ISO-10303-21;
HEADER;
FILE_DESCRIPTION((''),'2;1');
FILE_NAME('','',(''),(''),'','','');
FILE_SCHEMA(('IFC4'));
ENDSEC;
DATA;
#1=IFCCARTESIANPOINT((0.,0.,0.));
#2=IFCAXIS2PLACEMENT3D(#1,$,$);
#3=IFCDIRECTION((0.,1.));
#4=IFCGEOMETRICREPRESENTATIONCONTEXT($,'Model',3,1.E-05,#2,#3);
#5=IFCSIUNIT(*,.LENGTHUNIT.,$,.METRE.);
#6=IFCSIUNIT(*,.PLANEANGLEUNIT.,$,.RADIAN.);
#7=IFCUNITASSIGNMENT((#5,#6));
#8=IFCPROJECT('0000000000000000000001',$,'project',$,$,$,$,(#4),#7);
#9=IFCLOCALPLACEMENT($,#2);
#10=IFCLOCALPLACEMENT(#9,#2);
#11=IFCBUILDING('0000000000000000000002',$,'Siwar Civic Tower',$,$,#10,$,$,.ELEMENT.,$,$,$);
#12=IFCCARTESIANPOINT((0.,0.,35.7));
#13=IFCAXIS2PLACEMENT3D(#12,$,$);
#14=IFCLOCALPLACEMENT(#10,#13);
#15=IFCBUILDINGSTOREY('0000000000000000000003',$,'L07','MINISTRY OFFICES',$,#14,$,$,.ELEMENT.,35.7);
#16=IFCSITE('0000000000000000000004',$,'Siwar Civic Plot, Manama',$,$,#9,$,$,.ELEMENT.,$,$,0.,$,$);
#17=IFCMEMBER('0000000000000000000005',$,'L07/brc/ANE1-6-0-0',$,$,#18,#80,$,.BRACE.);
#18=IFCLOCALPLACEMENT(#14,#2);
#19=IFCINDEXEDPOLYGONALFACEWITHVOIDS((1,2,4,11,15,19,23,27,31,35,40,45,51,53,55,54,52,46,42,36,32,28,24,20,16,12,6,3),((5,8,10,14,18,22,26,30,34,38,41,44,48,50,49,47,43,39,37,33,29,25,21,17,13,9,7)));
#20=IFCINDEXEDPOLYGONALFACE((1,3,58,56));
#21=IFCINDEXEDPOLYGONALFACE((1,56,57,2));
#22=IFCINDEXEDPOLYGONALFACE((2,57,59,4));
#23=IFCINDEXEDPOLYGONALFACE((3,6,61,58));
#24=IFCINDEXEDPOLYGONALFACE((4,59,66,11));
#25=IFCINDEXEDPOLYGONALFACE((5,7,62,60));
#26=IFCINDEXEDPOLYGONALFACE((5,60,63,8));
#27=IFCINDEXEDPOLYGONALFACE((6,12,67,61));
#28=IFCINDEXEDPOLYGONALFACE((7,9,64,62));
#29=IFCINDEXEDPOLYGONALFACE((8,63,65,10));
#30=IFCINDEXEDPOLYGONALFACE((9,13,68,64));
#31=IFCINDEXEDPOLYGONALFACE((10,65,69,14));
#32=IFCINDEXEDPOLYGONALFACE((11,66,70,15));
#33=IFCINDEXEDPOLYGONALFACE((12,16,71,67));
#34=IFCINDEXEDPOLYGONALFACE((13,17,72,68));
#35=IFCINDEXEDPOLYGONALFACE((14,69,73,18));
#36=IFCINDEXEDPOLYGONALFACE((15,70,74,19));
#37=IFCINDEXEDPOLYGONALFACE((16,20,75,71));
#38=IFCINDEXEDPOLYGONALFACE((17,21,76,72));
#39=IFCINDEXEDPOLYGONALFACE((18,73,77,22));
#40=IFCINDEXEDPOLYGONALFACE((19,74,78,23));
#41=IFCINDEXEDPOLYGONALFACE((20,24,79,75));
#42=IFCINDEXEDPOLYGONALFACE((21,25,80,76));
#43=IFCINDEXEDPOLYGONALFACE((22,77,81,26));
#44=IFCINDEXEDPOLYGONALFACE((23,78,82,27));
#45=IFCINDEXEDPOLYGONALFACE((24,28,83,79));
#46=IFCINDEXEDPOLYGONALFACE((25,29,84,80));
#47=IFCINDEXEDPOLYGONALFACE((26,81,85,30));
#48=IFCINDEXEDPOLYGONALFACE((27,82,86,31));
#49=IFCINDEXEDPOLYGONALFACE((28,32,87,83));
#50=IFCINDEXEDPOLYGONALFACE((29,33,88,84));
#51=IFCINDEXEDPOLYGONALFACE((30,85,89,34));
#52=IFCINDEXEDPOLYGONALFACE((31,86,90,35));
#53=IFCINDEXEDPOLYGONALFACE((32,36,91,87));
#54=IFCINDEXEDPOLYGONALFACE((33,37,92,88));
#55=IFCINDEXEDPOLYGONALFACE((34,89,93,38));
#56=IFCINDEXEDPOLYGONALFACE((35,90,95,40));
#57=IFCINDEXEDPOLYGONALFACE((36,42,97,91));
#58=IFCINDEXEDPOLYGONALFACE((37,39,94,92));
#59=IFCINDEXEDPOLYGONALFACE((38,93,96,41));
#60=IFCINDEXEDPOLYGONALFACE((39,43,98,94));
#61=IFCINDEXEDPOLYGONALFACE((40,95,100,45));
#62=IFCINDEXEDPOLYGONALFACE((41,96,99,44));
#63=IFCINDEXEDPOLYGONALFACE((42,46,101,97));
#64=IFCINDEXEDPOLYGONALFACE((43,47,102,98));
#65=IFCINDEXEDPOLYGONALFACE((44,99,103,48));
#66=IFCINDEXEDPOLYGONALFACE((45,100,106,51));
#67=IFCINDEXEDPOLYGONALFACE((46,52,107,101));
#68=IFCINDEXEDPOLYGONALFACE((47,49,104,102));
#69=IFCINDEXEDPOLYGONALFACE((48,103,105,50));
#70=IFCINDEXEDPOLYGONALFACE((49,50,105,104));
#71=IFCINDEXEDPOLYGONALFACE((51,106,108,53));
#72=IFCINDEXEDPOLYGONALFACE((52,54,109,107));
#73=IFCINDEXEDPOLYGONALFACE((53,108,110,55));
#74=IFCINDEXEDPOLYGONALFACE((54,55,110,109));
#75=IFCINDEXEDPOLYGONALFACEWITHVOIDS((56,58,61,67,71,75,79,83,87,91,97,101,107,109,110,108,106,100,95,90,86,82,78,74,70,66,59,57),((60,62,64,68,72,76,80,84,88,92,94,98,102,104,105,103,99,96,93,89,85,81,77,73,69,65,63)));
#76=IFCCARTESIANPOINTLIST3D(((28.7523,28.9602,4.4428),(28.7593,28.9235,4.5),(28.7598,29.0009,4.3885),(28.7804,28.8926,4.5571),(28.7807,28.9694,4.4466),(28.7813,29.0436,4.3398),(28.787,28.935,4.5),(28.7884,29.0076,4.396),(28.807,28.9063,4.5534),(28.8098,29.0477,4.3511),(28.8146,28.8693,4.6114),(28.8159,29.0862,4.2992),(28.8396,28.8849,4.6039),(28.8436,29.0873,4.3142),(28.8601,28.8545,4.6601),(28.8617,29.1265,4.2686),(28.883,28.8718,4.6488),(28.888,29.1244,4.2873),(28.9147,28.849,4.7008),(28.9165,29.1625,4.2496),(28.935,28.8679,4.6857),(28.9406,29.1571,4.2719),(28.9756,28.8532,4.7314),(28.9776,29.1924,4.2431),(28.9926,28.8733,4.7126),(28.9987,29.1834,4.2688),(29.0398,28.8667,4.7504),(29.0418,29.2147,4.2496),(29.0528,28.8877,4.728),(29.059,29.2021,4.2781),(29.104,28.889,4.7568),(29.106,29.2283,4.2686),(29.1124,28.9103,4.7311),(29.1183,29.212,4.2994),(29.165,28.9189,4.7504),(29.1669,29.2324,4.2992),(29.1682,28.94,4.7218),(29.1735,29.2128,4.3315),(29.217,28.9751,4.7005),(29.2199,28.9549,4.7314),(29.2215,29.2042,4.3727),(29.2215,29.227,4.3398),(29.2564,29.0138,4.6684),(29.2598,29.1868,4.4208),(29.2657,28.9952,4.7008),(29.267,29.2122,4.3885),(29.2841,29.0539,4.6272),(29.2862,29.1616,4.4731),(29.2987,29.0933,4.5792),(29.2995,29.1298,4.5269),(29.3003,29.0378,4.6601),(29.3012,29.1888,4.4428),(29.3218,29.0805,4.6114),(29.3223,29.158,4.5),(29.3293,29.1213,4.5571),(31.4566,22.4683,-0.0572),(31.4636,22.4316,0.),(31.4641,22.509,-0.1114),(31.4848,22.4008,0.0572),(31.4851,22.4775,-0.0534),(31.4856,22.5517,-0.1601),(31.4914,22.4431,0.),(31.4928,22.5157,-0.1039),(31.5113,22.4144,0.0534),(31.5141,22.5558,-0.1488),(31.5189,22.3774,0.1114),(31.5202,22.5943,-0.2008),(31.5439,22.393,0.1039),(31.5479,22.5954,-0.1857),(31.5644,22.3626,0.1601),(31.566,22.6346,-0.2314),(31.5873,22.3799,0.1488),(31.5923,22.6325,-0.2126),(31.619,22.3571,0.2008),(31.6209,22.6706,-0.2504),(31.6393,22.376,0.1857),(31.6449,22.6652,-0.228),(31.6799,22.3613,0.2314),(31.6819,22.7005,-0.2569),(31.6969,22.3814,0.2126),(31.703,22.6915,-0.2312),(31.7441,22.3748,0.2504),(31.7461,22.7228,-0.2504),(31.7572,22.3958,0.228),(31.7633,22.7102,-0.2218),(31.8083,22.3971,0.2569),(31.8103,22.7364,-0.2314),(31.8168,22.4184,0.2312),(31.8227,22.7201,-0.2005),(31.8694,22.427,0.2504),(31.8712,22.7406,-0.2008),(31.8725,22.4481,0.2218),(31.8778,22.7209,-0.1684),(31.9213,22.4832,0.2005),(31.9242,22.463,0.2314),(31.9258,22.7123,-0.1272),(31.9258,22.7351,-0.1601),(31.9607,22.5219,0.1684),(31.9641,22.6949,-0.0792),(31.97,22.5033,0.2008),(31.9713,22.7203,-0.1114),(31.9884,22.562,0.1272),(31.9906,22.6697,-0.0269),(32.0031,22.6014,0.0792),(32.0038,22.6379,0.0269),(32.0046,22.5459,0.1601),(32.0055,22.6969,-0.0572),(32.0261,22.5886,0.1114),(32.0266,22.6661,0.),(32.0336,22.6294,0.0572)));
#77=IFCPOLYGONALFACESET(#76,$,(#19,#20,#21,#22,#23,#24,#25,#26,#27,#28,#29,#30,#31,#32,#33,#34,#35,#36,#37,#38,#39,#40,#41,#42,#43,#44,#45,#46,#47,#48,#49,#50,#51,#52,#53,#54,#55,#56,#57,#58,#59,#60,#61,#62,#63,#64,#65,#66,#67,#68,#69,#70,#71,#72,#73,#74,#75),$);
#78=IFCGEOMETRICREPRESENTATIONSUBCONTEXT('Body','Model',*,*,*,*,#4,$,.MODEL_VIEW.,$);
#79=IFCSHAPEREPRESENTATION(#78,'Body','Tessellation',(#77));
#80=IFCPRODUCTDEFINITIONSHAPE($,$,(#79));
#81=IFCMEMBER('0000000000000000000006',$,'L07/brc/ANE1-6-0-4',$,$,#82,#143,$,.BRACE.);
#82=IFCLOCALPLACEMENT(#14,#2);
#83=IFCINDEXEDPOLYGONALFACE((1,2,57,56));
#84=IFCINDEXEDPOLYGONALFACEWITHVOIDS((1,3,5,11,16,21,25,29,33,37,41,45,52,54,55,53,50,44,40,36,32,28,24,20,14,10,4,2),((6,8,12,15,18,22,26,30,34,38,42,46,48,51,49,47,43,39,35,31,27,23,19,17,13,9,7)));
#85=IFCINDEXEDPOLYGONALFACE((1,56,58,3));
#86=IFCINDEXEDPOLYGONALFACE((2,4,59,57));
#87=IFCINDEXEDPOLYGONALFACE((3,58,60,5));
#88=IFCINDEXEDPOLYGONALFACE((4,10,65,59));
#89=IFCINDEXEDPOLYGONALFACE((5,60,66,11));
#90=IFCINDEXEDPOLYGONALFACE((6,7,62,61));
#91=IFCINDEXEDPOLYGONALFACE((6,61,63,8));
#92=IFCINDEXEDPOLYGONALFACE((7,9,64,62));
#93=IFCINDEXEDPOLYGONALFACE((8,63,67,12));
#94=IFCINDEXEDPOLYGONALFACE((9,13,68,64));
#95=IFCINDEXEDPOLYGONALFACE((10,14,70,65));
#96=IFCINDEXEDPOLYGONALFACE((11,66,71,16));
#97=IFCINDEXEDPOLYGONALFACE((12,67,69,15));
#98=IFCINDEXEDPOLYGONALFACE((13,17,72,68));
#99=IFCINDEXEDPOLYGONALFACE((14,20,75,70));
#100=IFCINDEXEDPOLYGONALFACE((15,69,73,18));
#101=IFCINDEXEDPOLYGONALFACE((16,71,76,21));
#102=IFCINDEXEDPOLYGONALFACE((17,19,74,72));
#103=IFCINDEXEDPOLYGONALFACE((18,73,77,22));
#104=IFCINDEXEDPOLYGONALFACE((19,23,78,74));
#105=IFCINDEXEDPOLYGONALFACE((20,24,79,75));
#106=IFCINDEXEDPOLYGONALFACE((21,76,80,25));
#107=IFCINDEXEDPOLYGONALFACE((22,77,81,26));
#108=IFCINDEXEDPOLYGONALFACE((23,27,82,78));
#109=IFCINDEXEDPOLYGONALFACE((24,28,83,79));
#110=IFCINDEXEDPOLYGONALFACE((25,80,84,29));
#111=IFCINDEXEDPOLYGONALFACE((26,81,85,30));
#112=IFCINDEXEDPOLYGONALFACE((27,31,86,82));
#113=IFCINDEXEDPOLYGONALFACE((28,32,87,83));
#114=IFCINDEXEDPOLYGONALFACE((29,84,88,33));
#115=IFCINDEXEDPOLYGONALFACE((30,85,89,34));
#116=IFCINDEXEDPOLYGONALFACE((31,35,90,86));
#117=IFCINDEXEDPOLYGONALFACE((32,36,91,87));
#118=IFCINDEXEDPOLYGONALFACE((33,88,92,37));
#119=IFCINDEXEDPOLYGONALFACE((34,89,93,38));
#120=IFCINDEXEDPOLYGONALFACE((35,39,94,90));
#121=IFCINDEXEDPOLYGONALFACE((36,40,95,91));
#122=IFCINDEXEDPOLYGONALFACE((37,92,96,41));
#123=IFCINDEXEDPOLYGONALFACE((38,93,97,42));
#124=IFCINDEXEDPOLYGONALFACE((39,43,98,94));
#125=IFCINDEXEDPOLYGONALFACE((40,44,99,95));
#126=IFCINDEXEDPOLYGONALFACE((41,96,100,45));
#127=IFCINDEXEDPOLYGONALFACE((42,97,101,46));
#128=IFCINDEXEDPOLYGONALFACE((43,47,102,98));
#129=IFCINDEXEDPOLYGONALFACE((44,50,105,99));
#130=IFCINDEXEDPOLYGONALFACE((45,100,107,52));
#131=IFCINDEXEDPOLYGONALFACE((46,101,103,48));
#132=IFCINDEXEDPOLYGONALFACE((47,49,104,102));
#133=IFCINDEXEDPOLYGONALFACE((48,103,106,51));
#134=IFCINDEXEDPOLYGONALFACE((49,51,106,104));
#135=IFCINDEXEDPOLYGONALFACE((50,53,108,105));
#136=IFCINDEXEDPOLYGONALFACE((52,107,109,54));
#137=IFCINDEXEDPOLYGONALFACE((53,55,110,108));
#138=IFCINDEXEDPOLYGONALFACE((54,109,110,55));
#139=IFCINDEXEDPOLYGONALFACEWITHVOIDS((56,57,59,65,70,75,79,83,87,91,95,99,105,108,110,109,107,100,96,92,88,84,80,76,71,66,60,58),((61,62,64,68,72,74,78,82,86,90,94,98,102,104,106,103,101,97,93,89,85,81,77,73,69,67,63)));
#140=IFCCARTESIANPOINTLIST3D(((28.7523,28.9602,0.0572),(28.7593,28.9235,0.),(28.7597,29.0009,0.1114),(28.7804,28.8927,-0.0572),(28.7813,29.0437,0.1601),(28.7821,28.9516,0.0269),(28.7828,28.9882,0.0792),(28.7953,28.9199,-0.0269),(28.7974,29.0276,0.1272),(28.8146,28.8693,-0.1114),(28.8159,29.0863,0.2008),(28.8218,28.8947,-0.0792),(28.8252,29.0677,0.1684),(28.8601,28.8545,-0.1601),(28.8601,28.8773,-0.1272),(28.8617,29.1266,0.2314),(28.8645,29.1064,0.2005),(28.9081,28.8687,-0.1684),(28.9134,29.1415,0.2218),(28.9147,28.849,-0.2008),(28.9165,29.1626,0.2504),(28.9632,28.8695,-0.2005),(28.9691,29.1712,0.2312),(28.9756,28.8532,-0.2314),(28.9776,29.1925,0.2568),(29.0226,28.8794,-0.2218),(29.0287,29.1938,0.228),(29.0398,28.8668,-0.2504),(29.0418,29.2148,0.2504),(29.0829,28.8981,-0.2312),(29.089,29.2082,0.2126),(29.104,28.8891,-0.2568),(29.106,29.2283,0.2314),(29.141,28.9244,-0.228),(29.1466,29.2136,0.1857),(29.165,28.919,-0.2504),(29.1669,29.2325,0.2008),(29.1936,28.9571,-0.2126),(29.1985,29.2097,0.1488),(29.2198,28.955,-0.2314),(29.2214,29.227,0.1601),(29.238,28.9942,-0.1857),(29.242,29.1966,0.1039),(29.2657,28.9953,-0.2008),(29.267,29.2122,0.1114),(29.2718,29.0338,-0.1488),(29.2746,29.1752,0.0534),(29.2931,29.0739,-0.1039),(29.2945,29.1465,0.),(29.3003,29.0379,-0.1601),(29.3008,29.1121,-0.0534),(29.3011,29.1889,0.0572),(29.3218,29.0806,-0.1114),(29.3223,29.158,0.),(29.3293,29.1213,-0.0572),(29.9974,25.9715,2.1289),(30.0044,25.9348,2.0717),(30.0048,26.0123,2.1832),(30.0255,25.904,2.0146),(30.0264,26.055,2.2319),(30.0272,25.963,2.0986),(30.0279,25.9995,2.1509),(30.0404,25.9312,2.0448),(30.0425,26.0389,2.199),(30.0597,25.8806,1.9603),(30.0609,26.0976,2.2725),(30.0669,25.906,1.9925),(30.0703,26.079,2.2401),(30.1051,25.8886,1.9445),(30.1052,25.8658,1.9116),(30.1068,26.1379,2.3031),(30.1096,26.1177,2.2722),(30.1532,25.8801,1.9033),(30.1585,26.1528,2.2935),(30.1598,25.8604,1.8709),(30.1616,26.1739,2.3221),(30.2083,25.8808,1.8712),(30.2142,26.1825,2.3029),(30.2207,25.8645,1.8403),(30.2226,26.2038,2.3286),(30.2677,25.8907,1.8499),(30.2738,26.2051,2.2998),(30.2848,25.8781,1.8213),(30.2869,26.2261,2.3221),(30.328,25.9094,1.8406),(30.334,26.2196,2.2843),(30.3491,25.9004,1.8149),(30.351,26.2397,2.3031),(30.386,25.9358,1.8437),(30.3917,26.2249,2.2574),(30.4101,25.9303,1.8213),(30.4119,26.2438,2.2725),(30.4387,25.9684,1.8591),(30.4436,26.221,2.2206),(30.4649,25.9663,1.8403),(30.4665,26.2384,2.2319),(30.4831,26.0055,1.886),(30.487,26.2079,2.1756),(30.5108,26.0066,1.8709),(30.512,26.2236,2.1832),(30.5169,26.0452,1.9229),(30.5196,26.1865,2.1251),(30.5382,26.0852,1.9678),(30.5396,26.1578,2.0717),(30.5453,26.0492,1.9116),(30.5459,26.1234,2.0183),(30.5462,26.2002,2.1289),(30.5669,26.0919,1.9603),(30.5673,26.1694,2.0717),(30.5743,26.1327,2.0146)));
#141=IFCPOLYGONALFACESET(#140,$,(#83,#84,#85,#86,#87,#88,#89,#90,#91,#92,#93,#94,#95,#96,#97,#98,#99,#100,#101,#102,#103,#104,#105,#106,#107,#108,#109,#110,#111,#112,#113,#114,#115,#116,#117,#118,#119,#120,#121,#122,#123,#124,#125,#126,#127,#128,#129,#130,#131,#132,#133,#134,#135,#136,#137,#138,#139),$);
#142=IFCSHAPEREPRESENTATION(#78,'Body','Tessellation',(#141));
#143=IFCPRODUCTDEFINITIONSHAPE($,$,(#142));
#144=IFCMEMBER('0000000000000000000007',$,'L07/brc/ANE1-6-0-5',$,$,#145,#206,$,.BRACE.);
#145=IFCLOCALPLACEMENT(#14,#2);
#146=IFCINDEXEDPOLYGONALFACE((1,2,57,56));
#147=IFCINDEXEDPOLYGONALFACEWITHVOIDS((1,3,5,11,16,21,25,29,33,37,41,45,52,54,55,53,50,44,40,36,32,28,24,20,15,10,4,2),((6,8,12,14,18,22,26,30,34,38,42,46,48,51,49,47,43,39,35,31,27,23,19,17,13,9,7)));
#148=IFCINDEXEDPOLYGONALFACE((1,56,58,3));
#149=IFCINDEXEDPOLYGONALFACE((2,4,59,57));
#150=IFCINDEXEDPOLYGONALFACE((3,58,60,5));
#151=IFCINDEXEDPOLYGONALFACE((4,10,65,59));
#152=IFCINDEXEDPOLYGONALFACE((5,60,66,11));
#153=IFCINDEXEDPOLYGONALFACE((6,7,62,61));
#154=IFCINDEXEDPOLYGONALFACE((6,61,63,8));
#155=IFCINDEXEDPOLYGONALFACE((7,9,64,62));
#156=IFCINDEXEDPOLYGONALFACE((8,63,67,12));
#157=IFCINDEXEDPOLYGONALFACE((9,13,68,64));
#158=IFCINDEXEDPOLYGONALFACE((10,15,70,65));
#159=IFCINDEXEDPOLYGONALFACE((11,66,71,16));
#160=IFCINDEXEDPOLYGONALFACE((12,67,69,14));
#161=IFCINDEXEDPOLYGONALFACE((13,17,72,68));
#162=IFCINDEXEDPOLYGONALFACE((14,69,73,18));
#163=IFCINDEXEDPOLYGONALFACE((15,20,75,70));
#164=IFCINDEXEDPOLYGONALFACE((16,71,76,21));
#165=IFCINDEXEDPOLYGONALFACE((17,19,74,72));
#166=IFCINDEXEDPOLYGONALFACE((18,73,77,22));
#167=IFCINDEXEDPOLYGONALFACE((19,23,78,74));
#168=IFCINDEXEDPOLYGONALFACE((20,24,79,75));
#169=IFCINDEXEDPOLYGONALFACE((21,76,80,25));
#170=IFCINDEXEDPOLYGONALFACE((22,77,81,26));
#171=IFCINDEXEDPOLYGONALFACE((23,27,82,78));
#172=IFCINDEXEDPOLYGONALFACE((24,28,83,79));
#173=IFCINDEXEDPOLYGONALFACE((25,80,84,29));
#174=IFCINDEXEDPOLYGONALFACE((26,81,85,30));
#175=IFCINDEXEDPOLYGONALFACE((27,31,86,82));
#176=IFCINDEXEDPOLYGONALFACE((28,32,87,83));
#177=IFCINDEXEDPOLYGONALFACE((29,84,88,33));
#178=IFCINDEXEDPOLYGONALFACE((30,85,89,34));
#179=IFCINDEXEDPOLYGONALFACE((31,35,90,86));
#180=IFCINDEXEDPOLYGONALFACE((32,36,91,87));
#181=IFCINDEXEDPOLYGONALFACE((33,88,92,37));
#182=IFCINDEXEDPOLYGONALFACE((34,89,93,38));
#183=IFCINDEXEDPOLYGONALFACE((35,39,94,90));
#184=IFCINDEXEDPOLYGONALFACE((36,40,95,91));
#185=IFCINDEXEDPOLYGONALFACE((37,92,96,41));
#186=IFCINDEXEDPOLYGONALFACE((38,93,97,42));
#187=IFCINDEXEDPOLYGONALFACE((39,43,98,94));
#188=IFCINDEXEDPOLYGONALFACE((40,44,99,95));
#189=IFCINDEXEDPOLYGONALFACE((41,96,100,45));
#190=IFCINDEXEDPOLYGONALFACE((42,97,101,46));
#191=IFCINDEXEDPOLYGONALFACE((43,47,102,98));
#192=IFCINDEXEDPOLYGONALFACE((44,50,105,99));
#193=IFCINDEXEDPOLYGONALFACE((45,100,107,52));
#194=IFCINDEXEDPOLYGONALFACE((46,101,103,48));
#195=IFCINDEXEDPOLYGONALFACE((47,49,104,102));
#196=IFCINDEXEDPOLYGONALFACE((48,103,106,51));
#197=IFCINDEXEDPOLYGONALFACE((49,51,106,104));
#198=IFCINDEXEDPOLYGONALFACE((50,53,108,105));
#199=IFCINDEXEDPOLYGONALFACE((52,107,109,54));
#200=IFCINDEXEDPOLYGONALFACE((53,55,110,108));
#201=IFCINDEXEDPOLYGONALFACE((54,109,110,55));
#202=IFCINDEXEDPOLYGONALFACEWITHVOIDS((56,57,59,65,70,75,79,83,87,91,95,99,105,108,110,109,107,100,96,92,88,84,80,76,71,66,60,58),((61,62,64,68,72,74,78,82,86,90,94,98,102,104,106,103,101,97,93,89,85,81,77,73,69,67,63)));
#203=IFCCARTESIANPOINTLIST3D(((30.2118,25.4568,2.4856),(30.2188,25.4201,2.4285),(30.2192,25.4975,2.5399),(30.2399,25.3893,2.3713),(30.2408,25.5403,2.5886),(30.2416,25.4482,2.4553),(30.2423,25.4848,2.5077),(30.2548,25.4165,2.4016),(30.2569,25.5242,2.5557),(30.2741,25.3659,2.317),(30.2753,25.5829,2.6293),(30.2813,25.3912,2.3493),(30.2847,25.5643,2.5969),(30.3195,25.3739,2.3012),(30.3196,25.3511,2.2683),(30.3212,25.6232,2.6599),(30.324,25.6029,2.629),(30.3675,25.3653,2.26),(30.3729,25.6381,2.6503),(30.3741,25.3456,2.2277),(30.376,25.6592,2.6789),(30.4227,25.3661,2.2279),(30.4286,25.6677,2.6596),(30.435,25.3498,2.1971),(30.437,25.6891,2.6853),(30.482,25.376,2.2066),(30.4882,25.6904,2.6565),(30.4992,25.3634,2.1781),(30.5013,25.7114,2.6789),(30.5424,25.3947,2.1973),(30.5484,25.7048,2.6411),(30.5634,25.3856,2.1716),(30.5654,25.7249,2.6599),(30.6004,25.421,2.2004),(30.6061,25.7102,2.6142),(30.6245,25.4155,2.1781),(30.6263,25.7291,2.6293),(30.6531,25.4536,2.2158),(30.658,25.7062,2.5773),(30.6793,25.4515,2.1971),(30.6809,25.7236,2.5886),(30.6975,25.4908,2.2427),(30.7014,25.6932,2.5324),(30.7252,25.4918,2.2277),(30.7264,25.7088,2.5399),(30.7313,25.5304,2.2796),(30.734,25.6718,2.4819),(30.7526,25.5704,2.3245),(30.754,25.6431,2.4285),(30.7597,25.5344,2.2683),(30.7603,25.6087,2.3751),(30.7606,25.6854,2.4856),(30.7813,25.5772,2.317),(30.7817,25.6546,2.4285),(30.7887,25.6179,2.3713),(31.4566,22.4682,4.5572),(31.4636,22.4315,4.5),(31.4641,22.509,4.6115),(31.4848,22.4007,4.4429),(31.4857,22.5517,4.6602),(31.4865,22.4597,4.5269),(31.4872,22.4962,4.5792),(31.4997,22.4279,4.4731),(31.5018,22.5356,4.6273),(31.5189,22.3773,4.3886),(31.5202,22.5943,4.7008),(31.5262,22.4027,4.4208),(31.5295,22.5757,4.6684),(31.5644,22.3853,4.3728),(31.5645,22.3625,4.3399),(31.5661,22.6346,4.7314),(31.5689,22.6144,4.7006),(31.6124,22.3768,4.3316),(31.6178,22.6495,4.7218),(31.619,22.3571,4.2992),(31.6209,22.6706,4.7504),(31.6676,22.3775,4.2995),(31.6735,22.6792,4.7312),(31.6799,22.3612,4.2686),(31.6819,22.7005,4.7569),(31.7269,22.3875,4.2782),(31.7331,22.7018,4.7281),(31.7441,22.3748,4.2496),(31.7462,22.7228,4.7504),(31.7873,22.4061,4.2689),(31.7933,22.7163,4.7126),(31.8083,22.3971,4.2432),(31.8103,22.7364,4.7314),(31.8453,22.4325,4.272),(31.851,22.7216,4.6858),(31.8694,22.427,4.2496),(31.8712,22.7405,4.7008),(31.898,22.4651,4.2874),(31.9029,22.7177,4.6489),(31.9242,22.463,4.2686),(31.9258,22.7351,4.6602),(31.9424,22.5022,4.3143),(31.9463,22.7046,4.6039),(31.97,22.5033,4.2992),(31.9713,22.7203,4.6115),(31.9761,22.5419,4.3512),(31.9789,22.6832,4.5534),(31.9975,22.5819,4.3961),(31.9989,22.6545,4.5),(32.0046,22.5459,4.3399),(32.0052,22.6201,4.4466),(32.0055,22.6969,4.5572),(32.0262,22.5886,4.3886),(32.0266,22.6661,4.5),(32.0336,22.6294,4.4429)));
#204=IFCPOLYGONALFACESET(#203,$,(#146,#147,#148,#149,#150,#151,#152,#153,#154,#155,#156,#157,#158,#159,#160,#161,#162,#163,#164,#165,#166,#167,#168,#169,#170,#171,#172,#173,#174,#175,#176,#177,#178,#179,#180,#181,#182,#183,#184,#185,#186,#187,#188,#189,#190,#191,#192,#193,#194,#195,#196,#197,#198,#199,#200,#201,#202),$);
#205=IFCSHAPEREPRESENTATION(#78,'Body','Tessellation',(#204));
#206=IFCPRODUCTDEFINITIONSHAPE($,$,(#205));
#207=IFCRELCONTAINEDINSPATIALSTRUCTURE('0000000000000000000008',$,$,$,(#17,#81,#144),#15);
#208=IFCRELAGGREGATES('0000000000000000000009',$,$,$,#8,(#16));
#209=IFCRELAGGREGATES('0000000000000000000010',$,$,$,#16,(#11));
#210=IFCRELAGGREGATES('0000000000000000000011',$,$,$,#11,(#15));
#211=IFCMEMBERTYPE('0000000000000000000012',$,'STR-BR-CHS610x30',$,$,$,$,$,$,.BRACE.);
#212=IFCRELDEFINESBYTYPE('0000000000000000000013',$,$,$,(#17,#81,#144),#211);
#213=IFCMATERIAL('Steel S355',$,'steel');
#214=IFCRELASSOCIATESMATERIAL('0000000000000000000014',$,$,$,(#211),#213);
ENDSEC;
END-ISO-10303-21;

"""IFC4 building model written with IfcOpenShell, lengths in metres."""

from ifc_helpers import new_model, si_unit, direction, frame, origin, origin_2d, place, context, subcontext, project, spatial, hollow_circle, extrude, material, material_profile, profile_set, type_object, element, save


model = new_model("IFC4")

# Units and contexts
model_context = context("Model", 3, precision=1e-05, world=origin(), true_north=direction((0.0, 1.0)))
body_context = subcontext(model_context, "Body", "Model", "MODEL_VIEW")
ifc_project = project(units=[si_unit("LENGTHUNIT", "METRE"), si_unit("PLANEANGLEUNIT", "RADIAN")], contexts=[model_context])

# Site, building, storey
site_placement = place(None, origin())
site = spatial("IfcSite", under=ifc_project, at=site_placement, Name="Siwar Civic Plot, Manama", CompositionType="ELEMENT", RefElevation=0.0)
building_placement = place(site_placement, origin())
building = spatial("IfcBuilding", under=site, at=building_placement, Name="Siwar Civic Tower", CompositionType="ELEMENT")
storey_placement = place(building_placement, frame((0.0, 0.0, 35.7)))
storey = spatial("IfcBuildingStorey", under=building, at=storey_placement, Name="L07", Description="MINISTRY OFFICES", CompositionType="ELEMENT", Elevation=35.7)

# Members
ifc_material_1 = material(Name="Steel S355", Category="steel")
ifc_material_profile_1 = material_profile(ifc_material_1, hollow_circle(Radius=0.3049, WallThickness=0.03, at=origin_2d()), Name="CHS610x30")
ifc_profile_set_1 = profile_set([ifc_material_profile_1], Name="Steel S355")
member_type_1 = type_object("IfcMemberType", Name="STR-BR-CHS610x30", PredefinedType="BRACE", material=ifc_profile_set_1)
member_1_placement = place(storey_placement, frame((31.7451, 22.5488, 0.0), z_axis=(-0.323906, 0.777555, 0.538975), x_axis=(-0.923109, -0.384539, 0.0)))
element("IfcMember", 1, at=member_1_placement, inside=storey, type_object=member_type_1, Name="L07/brc/ANE1-6-0-0", PredefinedType="BRACE", context=body_context, shape_type="SweptSolid", body=[
    extrude(hollow_circle(Radius=0.3049, WallThickness=0.03, at=origin_2d()), origin(), (0.0, 0.0, 1.0), 8.3491),
])
member_2_placement = place(storey_placement, frame((29.0408, 29.0408, 0.0), z_axis=(0.323923, -0.777542, 0.538982), x_axis=(0.923099, 0.384562, 0.0)))
element("IfcMember", 2, at=member_2_placement, inside=storey, type_object=member_type_1, Name="L07/brc/ANE1-6-0-4", PredefinedType="BRACE", context=body_context, shape_type="SweptSolid", body=[
    extrude(hollow_circle(Radius=0.3049, WallThickness=0.03, at=origin_2d()), origin(), (0.0, 0.0, 1.0), 3.8438),
])
member_3_placement = place(storey_placement, frame((30.5002, 25.5374, 2.4285), z_axis=(0.323893, -0.77756, 0.538975), x_axis=(0.923115, 0.384524, 0.0)))
element("IfcMember", 3, at=member_3_placement, inside=storey, type_object=member_type_1, Name="L07/brc/ANE1-6-0-5", PredefinedType="BRACE", context=body_context, shape_type="SweptSolid", body=[
    extrude(hollow_circle(Radius=0.3049, WallThickness=0.03, at=origin_2d()), origin(), (0.0, 0.0, 1.0), 3.8435),
])

save(model, "model.ifc")
